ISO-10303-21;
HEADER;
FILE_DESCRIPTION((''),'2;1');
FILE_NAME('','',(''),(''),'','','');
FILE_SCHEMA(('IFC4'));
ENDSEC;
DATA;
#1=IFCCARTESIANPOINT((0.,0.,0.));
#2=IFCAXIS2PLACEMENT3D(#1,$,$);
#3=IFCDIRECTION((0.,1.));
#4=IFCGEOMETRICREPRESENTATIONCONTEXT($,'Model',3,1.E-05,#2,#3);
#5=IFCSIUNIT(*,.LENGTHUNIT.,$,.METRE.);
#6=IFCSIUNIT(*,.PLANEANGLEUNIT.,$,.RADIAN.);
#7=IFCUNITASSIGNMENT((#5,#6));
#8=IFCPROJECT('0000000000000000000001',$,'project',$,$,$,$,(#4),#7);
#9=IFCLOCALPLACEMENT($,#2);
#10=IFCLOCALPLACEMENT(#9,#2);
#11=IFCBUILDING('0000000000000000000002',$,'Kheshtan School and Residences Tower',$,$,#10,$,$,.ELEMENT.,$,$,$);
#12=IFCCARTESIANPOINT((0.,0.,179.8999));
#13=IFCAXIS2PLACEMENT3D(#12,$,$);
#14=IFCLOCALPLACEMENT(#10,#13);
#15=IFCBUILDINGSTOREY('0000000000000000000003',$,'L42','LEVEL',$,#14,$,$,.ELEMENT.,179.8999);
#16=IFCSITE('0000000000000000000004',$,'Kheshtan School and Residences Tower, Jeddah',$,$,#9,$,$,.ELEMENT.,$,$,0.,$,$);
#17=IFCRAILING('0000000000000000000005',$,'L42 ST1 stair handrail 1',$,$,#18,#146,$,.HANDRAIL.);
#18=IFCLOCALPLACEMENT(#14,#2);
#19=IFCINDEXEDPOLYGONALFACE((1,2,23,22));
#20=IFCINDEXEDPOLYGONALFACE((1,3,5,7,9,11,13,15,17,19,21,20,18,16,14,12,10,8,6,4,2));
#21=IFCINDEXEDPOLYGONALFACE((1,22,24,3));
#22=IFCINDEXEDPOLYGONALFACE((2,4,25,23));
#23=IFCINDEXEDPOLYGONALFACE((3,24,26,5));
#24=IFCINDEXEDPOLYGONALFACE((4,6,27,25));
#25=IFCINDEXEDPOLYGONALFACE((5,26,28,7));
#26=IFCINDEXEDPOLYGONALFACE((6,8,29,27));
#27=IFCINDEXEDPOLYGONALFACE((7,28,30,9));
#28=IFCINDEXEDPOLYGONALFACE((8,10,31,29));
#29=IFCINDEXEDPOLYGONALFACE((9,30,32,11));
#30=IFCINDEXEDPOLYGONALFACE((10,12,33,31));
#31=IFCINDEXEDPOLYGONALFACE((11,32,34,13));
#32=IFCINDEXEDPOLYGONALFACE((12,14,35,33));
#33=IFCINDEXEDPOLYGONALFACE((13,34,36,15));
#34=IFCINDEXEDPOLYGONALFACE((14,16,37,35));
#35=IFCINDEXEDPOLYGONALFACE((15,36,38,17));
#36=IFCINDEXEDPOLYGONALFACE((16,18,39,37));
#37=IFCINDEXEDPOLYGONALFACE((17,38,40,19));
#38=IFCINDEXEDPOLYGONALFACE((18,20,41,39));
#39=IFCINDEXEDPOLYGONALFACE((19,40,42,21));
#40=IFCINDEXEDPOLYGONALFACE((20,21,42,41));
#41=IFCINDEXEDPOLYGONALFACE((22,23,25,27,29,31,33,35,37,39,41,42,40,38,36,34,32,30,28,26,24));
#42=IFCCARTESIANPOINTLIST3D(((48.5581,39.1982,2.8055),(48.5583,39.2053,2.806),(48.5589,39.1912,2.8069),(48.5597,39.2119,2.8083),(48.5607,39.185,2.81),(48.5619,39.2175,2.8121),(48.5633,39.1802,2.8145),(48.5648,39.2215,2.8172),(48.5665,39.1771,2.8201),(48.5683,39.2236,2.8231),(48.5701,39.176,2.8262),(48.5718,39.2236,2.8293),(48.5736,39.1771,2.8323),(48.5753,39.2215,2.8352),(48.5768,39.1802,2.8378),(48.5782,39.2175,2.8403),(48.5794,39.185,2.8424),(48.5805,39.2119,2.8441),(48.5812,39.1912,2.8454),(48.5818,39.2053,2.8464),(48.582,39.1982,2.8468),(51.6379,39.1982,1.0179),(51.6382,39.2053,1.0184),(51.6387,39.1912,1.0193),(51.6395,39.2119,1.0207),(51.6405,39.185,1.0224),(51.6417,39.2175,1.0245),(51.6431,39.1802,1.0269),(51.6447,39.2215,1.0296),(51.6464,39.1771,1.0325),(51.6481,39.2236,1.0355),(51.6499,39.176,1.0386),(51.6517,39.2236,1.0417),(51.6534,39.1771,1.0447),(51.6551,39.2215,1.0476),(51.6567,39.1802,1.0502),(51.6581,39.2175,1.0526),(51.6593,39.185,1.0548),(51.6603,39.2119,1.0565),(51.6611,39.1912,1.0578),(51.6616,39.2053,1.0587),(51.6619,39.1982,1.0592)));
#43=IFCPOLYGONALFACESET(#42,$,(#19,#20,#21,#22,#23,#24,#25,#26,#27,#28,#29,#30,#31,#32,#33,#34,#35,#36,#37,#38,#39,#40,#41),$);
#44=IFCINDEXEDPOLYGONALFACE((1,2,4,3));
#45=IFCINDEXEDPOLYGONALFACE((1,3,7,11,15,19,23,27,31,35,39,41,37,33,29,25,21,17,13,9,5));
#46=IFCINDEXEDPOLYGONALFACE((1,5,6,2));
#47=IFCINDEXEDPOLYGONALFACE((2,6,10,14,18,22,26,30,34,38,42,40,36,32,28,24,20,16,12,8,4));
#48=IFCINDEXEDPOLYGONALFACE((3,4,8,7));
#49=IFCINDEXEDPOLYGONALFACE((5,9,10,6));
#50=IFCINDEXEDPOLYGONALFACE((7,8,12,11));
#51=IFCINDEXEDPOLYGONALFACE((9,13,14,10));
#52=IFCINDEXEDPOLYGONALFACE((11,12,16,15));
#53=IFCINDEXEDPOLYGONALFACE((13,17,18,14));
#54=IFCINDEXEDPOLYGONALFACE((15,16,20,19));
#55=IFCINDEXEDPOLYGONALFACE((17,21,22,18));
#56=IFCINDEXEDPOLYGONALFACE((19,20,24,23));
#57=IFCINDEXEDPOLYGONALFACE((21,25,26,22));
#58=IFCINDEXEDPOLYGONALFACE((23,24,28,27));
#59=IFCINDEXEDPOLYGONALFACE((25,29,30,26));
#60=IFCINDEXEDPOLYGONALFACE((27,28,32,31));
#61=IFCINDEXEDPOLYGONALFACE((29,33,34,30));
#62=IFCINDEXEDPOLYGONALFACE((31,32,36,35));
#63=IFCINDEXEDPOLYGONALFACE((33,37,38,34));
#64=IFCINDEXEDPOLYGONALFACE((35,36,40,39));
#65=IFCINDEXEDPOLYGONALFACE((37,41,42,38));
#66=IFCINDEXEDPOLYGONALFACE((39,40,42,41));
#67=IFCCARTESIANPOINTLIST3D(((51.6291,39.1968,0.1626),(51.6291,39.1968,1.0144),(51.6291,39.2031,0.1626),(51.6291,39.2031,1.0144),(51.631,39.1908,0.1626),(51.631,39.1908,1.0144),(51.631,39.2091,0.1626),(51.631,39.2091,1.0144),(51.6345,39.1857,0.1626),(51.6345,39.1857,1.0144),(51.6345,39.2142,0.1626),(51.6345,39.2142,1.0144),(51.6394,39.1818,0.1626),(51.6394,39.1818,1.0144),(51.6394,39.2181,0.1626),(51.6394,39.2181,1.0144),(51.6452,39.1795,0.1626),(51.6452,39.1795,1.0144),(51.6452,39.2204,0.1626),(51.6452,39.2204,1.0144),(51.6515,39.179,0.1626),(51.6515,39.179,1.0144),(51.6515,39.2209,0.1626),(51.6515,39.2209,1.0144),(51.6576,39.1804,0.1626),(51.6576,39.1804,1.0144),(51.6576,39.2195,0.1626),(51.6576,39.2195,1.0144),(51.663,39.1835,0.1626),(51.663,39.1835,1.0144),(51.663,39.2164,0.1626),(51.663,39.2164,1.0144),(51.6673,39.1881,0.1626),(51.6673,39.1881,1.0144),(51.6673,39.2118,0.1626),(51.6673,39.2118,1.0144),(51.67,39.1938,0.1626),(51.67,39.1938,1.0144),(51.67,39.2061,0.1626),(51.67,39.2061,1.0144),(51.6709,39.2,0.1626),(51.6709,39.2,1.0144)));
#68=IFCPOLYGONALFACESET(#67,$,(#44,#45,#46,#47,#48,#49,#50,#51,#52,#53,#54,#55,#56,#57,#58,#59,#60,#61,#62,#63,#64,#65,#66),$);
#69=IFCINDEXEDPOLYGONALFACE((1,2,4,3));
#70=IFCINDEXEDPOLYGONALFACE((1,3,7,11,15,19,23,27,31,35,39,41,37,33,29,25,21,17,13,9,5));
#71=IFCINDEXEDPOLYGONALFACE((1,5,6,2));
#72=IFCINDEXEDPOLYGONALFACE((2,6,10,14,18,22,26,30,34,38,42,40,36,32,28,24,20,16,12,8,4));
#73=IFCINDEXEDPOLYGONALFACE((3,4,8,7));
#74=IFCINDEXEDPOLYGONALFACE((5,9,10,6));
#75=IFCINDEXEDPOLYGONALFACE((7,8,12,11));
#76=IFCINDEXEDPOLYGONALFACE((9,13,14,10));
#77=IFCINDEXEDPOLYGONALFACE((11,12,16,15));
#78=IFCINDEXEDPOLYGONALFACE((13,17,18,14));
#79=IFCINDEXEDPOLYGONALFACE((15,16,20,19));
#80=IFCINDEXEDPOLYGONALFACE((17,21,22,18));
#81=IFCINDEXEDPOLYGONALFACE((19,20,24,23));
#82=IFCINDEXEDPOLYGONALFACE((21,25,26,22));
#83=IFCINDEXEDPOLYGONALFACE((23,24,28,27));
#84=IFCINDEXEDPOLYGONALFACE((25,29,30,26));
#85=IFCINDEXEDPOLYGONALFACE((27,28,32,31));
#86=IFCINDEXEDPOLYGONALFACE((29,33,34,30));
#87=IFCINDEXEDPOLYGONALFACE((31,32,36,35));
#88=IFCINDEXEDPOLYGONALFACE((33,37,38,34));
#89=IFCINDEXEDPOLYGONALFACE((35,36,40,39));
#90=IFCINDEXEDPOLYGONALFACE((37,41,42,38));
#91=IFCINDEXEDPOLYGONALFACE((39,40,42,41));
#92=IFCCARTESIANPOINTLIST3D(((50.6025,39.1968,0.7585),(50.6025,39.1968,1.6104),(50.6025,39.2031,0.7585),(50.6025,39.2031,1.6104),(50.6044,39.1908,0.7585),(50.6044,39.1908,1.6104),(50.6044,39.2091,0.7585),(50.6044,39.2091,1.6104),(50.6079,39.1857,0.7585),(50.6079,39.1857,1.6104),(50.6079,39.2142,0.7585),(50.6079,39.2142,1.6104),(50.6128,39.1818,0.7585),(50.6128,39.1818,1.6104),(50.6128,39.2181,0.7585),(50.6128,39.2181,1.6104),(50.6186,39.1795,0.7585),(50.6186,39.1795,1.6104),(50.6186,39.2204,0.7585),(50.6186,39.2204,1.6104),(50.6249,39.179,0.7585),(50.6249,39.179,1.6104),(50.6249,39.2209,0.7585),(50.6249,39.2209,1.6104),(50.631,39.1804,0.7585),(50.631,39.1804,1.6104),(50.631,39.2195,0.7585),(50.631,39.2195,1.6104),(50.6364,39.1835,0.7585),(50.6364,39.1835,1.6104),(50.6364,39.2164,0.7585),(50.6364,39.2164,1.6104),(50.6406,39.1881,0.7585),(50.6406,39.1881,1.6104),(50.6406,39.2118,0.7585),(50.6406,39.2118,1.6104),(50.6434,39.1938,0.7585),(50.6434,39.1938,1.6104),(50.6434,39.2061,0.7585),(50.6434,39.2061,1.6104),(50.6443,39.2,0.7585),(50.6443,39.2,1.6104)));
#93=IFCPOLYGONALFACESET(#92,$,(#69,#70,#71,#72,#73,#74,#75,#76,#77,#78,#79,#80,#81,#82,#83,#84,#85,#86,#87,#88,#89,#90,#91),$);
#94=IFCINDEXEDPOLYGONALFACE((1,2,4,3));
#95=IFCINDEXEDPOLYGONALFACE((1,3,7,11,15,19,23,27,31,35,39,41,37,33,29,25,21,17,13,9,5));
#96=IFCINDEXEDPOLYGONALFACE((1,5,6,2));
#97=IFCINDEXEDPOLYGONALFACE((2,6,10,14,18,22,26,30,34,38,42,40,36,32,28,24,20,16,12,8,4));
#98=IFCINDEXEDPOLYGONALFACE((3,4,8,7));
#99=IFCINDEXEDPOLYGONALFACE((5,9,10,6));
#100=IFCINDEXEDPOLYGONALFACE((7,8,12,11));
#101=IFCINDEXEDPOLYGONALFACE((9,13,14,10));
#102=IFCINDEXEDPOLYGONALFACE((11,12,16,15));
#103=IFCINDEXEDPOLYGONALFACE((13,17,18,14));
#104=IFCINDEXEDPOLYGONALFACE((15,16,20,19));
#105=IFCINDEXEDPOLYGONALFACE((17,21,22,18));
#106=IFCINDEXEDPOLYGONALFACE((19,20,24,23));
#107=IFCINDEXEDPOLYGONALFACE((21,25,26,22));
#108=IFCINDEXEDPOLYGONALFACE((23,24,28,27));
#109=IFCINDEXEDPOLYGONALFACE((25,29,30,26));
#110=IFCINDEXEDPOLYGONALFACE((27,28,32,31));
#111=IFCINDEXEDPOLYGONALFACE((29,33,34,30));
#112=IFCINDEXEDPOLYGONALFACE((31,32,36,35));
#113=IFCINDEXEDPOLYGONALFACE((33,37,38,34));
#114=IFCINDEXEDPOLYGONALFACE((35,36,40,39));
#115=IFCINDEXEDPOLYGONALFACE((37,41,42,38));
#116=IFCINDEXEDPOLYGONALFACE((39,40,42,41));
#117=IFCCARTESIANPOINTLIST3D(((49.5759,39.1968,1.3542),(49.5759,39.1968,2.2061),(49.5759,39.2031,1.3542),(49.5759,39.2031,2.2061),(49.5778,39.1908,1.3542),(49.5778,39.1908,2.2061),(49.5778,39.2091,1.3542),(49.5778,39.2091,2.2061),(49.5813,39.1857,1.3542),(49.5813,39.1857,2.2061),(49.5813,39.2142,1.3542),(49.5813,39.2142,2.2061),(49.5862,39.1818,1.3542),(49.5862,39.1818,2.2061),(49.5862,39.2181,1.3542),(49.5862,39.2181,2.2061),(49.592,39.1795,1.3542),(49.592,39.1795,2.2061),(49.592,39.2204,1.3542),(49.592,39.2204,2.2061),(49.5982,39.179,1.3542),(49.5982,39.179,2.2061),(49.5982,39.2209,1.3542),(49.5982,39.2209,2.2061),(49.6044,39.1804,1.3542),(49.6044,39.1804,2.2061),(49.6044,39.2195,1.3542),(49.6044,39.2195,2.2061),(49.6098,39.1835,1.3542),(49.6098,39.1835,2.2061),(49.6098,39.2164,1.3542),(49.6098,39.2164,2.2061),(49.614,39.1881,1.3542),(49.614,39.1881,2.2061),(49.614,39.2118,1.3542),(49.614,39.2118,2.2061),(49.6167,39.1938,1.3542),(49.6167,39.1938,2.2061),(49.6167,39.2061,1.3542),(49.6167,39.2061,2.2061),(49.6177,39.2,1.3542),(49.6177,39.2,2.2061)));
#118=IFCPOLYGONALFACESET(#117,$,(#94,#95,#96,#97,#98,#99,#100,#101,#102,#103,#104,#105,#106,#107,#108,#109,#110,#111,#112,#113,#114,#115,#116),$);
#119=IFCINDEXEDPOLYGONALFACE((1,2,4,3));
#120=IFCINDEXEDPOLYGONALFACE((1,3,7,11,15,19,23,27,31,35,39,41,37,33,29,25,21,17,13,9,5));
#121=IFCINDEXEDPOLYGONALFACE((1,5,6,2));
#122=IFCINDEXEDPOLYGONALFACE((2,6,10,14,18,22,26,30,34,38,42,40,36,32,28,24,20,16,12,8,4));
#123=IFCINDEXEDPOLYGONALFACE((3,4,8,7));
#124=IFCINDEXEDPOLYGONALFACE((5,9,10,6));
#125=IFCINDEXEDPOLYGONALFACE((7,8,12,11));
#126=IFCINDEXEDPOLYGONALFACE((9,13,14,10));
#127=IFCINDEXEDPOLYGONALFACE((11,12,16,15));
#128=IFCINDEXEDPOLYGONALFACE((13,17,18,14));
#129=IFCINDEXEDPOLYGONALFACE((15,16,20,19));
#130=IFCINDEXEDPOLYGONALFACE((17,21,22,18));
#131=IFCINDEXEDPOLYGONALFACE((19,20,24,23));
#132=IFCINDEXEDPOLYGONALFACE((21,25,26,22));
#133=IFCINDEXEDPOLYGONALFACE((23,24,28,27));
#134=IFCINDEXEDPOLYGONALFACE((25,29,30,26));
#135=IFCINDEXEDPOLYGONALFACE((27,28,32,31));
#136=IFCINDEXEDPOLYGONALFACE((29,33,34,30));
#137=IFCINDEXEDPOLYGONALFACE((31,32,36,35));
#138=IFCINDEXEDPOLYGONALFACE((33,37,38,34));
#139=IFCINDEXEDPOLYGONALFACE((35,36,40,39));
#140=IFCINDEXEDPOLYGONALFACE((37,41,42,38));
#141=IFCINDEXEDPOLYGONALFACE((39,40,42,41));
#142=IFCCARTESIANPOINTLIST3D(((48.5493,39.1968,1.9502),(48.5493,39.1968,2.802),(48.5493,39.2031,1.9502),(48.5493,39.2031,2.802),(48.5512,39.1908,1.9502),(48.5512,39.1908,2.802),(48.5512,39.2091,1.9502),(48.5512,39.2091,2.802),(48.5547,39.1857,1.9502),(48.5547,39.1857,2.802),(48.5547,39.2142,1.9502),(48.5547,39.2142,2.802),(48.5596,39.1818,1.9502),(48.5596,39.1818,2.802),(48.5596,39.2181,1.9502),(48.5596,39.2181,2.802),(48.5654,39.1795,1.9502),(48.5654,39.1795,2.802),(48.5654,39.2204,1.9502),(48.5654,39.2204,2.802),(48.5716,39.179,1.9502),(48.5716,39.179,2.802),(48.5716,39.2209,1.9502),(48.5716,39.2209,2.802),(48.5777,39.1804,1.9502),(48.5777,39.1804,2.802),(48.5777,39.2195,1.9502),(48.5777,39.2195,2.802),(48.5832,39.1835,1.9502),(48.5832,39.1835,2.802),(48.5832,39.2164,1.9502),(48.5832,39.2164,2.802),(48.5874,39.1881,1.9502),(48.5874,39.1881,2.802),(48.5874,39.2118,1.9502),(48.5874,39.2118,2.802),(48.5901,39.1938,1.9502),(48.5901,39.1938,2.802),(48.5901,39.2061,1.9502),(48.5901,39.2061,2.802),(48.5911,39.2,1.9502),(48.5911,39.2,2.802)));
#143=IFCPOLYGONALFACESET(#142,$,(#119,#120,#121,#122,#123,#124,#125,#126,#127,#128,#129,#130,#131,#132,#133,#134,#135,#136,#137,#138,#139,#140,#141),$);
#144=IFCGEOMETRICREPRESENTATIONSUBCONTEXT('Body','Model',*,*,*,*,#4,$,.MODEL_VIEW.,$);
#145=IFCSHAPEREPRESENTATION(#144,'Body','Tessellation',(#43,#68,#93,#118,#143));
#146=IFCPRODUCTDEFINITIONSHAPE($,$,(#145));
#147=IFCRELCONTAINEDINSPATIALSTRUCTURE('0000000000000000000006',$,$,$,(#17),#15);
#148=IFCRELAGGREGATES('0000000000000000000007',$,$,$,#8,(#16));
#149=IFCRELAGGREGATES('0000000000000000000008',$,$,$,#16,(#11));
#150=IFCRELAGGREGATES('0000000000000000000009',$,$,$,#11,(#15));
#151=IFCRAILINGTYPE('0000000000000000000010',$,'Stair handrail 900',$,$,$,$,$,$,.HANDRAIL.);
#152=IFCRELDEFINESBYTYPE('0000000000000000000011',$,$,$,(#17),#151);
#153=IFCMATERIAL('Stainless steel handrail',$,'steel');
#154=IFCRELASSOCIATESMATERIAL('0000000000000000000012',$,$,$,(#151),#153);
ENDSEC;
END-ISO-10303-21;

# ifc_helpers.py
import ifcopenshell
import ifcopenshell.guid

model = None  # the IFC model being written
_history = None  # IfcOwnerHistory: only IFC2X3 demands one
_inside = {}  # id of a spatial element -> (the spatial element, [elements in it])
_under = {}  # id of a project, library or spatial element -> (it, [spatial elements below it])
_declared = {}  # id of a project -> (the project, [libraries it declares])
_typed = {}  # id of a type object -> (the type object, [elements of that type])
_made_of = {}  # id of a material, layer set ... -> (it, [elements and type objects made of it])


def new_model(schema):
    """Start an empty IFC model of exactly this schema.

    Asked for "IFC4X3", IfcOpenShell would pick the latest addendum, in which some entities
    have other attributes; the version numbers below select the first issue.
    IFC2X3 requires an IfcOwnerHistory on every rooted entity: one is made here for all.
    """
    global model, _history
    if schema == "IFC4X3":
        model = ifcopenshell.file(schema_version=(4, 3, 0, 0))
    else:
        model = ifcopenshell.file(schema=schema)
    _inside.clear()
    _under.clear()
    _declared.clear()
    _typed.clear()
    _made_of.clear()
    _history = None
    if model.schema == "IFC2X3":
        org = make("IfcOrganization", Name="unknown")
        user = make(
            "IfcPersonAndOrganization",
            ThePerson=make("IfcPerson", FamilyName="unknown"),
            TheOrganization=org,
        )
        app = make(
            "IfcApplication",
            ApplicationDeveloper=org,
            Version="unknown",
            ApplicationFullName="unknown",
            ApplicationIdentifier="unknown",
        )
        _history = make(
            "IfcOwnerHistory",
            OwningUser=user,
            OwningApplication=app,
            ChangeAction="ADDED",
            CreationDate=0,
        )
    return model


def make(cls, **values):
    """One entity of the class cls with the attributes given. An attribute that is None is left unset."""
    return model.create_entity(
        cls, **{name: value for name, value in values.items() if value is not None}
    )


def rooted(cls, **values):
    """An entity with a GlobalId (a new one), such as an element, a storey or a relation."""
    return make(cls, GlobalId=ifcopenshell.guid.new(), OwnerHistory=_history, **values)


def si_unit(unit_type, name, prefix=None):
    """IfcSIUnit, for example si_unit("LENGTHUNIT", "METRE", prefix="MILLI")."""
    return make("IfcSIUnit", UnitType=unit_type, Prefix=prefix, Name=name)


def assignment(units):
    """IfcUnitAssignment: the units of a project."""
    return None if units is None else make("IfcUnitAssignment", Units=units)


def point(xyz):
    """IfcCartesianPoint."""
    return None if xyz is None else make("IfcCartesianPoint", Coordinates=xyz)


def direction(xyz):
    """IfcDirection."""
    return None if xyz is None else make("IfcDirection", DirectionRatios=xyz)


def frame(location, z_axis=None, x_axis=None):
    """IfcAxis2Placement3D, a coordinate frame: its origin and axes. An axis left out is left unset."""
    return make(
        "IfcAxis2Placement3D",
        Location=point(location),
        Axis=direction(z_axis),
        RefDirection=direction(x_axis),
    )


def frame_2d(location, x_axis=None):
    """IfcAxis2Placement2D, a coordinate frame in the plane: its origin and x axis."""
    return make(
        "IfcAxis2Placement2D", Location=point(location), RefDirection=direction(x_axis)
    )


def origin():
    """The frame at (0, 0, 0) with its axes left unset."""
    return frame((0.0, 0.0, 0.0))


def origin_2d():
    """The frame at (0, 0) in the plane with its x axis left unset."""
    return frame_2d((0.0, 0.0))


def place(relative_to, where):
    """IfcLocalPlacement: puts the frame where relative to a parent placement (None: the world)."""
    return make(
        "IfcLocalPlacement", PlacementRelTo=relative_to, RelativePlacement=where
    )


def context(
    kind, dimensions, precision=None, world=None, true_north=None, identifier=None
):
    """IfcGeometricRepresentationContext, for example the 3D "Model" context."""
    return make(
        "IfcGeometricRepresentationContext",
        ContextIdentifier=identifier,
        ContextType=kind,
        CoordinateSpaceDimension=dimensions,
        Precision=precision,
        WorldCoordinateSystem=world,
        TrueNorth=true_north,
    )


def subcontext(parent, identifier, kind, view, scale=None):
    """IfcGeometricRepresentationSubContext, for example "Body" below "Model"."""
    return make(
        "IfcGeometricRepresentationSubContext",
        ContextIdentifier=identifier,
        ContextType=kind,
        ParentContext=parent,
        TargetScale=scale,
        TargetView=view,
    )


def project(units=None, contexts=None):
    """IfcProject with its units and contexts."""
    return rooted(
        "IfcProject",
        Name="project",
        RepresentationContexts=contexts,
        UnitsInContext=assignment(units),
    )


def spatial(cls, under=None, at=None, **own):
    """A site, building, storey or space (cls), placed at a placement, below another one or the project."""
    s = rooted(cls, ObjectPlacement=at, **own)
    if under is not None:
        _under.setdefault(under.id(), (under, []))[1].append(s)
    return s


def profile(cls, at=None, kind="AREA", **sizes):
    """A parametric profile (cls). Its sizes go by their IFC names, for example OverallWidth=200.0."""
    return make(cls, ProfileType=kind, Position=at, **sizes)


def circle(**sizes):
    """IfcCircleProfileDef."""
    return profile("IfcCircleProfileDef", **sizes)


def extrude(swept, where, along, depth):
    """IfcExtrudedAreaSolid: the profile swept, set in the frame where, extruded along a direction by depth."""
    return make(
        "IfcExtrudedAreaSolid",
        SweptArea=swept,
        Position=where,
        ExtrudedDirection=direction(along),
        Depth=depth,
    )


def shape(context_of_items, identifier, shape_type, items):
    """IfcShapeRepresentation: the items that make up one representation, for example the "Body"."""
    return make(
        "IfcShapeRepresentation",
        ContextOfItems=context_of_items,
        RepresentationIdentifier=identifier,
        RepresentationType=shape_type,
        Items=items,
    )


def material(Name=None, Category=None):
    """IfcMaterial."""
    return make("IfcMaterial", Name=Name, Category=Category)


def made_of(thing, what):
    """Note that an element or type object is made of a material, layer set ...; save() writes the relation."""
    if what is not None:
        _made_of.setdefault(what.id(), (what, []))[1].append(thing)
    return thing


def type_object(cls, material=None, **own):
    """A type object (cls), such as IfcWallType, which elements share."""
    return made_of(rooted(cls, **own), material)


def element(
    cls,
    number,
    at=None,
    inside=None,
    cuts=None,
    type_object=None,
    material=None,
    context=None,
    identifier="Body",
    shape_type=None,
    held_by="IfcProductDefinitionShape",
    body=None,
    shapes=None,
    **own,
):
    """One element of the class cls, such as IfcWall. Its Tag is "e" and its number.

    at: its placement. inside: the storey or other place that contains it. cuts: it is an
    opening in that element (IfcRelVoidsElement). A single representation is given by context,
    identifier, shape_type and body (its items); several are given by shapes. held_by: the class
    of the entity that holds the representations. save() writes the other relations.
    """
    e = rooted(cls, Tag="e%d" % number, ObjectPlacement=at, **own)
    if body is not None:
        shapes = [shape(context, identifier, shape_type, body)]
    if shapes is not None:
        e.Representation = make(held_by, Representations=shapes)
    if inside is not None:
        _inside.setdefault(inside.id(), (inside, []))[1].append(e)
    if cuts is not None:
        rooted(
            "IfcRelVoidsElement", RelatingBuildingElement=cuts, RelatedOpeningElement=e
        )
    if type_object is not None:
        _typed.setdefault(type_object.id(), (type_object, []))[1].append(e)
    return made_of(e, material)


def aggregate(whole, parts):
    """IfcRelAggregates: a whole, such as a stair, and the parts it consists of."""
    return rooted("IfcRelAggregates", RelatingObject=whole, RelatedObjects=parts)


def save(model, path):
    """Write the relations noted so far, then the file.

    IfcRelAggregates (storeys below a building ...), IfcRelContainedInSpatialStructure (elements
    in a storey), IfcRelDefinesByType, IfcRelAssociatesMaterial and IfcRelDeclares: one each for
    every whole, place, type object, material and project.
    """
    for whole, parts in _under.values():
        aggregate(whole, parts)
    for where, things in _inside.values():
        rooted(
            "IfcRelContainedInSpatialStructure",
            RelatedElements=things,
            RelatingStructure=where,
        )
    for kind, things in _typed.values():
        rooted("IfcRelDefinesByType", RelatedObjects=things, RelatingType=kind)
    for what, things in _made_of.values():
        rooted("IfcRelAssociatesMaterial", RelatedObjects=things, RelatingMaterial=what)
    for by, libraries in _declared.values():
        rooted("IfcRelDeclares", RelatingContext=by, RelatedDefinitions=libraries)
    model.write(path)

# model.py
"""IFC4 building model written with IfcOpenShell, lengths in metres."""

from ifc_helpers import new_model, si_unit, direction, frame, origin, origin_2d, place, context, subcontext, project, spatial, circle, extrude, material, type_object, element, save


model = new_model("IFC4")

# Units and contexts
model_context = context("Model", 3, precision=1e-05, world=origin(), true_north=direction((0.0, 1.0)))
body_context = subcontext(model_context, "Body", "Model", "MODEL_VIEW")
ifc_project = project(units=[si_unit("LENGTHUNIT", "METRE"), si_unit("PLANEANGLEUNIT", "RADIAN")], contexts=[model_context])

# Site, building, storey
site_placement = place(None, origin())
site = spatial("IfcSite", under=ifc_project, at=site_placement, Name="Kheshtan School and Residences Tower, Jeddah", CompositionType="ELEMENT", RefElevation=0.0)
building_placement = place(site_placement, origin())
building = spatial("IfcBuilding", under=site, at=building_placement, Name="Kheshtan School and Residences Tower", CompositionType="ELEMENT")
storey_placement = place(building_placement, frame((0.0, 0.0, 179.8999)))
storey = spatial("IfcBuildingStorey", under=building, at=storey_placement, Name="L42", Description="LEVEL", CompositionType="ELEMENT", Elevation=179.8999)

# Railing
ifc_material_1 = material(Name="Stainless steel handrail", Category="steel")
railing_type_1 = type_object("IfcRailingType", Name="Stair handrail 900", PredefinedType="HANDRAIL", material=ifc_material_1)
railing_1_placement = place(storey_placement, frame((51.6499, 39.2, 0.1626)))
element("IfcRailing", 1, at=railing_1_placement, inside=storey, type_object=railing_type_1, Name="L42 ST1 stair handrail 1", PredefinedType="HANDRAIL", context=body_context, shape_type="SweptSolid", body=[
    extrude(circle(Radius=0.0239, at=origin_2d()), frame((0.0, 0.0, 0.876), z_axis=(-0.864873, 0.0, 0.50199), x_axis=(0.0, -1.0, 0.0)), (0.0, 0.0, 1.0), 3.561),
    extrude(circle(Radius=0.021, at=origin_2d()), origin(), (0.0, 0.0, 1.0), 0.8518),
    extrude(circle(Radius=0.021, at=origin_2d()), frame((-1.0266, 0.0, 0.5959)), (0.0, 0.0, 1.0), 0.8518),
    extrude(circle(Radius=0.021, at=origin_2d()), frame((-2.0532, 0.0, 1.1917)), (0.0, 0.0, 1.0), 0.8518),
    extrude(circle(Radius=0.021, at=origin_2d()), frame((-3.0798, 0.0, 1.7876)), (0.0, 0.0, 1.0), 0.8518),
])

save(model, "model.ifc")
